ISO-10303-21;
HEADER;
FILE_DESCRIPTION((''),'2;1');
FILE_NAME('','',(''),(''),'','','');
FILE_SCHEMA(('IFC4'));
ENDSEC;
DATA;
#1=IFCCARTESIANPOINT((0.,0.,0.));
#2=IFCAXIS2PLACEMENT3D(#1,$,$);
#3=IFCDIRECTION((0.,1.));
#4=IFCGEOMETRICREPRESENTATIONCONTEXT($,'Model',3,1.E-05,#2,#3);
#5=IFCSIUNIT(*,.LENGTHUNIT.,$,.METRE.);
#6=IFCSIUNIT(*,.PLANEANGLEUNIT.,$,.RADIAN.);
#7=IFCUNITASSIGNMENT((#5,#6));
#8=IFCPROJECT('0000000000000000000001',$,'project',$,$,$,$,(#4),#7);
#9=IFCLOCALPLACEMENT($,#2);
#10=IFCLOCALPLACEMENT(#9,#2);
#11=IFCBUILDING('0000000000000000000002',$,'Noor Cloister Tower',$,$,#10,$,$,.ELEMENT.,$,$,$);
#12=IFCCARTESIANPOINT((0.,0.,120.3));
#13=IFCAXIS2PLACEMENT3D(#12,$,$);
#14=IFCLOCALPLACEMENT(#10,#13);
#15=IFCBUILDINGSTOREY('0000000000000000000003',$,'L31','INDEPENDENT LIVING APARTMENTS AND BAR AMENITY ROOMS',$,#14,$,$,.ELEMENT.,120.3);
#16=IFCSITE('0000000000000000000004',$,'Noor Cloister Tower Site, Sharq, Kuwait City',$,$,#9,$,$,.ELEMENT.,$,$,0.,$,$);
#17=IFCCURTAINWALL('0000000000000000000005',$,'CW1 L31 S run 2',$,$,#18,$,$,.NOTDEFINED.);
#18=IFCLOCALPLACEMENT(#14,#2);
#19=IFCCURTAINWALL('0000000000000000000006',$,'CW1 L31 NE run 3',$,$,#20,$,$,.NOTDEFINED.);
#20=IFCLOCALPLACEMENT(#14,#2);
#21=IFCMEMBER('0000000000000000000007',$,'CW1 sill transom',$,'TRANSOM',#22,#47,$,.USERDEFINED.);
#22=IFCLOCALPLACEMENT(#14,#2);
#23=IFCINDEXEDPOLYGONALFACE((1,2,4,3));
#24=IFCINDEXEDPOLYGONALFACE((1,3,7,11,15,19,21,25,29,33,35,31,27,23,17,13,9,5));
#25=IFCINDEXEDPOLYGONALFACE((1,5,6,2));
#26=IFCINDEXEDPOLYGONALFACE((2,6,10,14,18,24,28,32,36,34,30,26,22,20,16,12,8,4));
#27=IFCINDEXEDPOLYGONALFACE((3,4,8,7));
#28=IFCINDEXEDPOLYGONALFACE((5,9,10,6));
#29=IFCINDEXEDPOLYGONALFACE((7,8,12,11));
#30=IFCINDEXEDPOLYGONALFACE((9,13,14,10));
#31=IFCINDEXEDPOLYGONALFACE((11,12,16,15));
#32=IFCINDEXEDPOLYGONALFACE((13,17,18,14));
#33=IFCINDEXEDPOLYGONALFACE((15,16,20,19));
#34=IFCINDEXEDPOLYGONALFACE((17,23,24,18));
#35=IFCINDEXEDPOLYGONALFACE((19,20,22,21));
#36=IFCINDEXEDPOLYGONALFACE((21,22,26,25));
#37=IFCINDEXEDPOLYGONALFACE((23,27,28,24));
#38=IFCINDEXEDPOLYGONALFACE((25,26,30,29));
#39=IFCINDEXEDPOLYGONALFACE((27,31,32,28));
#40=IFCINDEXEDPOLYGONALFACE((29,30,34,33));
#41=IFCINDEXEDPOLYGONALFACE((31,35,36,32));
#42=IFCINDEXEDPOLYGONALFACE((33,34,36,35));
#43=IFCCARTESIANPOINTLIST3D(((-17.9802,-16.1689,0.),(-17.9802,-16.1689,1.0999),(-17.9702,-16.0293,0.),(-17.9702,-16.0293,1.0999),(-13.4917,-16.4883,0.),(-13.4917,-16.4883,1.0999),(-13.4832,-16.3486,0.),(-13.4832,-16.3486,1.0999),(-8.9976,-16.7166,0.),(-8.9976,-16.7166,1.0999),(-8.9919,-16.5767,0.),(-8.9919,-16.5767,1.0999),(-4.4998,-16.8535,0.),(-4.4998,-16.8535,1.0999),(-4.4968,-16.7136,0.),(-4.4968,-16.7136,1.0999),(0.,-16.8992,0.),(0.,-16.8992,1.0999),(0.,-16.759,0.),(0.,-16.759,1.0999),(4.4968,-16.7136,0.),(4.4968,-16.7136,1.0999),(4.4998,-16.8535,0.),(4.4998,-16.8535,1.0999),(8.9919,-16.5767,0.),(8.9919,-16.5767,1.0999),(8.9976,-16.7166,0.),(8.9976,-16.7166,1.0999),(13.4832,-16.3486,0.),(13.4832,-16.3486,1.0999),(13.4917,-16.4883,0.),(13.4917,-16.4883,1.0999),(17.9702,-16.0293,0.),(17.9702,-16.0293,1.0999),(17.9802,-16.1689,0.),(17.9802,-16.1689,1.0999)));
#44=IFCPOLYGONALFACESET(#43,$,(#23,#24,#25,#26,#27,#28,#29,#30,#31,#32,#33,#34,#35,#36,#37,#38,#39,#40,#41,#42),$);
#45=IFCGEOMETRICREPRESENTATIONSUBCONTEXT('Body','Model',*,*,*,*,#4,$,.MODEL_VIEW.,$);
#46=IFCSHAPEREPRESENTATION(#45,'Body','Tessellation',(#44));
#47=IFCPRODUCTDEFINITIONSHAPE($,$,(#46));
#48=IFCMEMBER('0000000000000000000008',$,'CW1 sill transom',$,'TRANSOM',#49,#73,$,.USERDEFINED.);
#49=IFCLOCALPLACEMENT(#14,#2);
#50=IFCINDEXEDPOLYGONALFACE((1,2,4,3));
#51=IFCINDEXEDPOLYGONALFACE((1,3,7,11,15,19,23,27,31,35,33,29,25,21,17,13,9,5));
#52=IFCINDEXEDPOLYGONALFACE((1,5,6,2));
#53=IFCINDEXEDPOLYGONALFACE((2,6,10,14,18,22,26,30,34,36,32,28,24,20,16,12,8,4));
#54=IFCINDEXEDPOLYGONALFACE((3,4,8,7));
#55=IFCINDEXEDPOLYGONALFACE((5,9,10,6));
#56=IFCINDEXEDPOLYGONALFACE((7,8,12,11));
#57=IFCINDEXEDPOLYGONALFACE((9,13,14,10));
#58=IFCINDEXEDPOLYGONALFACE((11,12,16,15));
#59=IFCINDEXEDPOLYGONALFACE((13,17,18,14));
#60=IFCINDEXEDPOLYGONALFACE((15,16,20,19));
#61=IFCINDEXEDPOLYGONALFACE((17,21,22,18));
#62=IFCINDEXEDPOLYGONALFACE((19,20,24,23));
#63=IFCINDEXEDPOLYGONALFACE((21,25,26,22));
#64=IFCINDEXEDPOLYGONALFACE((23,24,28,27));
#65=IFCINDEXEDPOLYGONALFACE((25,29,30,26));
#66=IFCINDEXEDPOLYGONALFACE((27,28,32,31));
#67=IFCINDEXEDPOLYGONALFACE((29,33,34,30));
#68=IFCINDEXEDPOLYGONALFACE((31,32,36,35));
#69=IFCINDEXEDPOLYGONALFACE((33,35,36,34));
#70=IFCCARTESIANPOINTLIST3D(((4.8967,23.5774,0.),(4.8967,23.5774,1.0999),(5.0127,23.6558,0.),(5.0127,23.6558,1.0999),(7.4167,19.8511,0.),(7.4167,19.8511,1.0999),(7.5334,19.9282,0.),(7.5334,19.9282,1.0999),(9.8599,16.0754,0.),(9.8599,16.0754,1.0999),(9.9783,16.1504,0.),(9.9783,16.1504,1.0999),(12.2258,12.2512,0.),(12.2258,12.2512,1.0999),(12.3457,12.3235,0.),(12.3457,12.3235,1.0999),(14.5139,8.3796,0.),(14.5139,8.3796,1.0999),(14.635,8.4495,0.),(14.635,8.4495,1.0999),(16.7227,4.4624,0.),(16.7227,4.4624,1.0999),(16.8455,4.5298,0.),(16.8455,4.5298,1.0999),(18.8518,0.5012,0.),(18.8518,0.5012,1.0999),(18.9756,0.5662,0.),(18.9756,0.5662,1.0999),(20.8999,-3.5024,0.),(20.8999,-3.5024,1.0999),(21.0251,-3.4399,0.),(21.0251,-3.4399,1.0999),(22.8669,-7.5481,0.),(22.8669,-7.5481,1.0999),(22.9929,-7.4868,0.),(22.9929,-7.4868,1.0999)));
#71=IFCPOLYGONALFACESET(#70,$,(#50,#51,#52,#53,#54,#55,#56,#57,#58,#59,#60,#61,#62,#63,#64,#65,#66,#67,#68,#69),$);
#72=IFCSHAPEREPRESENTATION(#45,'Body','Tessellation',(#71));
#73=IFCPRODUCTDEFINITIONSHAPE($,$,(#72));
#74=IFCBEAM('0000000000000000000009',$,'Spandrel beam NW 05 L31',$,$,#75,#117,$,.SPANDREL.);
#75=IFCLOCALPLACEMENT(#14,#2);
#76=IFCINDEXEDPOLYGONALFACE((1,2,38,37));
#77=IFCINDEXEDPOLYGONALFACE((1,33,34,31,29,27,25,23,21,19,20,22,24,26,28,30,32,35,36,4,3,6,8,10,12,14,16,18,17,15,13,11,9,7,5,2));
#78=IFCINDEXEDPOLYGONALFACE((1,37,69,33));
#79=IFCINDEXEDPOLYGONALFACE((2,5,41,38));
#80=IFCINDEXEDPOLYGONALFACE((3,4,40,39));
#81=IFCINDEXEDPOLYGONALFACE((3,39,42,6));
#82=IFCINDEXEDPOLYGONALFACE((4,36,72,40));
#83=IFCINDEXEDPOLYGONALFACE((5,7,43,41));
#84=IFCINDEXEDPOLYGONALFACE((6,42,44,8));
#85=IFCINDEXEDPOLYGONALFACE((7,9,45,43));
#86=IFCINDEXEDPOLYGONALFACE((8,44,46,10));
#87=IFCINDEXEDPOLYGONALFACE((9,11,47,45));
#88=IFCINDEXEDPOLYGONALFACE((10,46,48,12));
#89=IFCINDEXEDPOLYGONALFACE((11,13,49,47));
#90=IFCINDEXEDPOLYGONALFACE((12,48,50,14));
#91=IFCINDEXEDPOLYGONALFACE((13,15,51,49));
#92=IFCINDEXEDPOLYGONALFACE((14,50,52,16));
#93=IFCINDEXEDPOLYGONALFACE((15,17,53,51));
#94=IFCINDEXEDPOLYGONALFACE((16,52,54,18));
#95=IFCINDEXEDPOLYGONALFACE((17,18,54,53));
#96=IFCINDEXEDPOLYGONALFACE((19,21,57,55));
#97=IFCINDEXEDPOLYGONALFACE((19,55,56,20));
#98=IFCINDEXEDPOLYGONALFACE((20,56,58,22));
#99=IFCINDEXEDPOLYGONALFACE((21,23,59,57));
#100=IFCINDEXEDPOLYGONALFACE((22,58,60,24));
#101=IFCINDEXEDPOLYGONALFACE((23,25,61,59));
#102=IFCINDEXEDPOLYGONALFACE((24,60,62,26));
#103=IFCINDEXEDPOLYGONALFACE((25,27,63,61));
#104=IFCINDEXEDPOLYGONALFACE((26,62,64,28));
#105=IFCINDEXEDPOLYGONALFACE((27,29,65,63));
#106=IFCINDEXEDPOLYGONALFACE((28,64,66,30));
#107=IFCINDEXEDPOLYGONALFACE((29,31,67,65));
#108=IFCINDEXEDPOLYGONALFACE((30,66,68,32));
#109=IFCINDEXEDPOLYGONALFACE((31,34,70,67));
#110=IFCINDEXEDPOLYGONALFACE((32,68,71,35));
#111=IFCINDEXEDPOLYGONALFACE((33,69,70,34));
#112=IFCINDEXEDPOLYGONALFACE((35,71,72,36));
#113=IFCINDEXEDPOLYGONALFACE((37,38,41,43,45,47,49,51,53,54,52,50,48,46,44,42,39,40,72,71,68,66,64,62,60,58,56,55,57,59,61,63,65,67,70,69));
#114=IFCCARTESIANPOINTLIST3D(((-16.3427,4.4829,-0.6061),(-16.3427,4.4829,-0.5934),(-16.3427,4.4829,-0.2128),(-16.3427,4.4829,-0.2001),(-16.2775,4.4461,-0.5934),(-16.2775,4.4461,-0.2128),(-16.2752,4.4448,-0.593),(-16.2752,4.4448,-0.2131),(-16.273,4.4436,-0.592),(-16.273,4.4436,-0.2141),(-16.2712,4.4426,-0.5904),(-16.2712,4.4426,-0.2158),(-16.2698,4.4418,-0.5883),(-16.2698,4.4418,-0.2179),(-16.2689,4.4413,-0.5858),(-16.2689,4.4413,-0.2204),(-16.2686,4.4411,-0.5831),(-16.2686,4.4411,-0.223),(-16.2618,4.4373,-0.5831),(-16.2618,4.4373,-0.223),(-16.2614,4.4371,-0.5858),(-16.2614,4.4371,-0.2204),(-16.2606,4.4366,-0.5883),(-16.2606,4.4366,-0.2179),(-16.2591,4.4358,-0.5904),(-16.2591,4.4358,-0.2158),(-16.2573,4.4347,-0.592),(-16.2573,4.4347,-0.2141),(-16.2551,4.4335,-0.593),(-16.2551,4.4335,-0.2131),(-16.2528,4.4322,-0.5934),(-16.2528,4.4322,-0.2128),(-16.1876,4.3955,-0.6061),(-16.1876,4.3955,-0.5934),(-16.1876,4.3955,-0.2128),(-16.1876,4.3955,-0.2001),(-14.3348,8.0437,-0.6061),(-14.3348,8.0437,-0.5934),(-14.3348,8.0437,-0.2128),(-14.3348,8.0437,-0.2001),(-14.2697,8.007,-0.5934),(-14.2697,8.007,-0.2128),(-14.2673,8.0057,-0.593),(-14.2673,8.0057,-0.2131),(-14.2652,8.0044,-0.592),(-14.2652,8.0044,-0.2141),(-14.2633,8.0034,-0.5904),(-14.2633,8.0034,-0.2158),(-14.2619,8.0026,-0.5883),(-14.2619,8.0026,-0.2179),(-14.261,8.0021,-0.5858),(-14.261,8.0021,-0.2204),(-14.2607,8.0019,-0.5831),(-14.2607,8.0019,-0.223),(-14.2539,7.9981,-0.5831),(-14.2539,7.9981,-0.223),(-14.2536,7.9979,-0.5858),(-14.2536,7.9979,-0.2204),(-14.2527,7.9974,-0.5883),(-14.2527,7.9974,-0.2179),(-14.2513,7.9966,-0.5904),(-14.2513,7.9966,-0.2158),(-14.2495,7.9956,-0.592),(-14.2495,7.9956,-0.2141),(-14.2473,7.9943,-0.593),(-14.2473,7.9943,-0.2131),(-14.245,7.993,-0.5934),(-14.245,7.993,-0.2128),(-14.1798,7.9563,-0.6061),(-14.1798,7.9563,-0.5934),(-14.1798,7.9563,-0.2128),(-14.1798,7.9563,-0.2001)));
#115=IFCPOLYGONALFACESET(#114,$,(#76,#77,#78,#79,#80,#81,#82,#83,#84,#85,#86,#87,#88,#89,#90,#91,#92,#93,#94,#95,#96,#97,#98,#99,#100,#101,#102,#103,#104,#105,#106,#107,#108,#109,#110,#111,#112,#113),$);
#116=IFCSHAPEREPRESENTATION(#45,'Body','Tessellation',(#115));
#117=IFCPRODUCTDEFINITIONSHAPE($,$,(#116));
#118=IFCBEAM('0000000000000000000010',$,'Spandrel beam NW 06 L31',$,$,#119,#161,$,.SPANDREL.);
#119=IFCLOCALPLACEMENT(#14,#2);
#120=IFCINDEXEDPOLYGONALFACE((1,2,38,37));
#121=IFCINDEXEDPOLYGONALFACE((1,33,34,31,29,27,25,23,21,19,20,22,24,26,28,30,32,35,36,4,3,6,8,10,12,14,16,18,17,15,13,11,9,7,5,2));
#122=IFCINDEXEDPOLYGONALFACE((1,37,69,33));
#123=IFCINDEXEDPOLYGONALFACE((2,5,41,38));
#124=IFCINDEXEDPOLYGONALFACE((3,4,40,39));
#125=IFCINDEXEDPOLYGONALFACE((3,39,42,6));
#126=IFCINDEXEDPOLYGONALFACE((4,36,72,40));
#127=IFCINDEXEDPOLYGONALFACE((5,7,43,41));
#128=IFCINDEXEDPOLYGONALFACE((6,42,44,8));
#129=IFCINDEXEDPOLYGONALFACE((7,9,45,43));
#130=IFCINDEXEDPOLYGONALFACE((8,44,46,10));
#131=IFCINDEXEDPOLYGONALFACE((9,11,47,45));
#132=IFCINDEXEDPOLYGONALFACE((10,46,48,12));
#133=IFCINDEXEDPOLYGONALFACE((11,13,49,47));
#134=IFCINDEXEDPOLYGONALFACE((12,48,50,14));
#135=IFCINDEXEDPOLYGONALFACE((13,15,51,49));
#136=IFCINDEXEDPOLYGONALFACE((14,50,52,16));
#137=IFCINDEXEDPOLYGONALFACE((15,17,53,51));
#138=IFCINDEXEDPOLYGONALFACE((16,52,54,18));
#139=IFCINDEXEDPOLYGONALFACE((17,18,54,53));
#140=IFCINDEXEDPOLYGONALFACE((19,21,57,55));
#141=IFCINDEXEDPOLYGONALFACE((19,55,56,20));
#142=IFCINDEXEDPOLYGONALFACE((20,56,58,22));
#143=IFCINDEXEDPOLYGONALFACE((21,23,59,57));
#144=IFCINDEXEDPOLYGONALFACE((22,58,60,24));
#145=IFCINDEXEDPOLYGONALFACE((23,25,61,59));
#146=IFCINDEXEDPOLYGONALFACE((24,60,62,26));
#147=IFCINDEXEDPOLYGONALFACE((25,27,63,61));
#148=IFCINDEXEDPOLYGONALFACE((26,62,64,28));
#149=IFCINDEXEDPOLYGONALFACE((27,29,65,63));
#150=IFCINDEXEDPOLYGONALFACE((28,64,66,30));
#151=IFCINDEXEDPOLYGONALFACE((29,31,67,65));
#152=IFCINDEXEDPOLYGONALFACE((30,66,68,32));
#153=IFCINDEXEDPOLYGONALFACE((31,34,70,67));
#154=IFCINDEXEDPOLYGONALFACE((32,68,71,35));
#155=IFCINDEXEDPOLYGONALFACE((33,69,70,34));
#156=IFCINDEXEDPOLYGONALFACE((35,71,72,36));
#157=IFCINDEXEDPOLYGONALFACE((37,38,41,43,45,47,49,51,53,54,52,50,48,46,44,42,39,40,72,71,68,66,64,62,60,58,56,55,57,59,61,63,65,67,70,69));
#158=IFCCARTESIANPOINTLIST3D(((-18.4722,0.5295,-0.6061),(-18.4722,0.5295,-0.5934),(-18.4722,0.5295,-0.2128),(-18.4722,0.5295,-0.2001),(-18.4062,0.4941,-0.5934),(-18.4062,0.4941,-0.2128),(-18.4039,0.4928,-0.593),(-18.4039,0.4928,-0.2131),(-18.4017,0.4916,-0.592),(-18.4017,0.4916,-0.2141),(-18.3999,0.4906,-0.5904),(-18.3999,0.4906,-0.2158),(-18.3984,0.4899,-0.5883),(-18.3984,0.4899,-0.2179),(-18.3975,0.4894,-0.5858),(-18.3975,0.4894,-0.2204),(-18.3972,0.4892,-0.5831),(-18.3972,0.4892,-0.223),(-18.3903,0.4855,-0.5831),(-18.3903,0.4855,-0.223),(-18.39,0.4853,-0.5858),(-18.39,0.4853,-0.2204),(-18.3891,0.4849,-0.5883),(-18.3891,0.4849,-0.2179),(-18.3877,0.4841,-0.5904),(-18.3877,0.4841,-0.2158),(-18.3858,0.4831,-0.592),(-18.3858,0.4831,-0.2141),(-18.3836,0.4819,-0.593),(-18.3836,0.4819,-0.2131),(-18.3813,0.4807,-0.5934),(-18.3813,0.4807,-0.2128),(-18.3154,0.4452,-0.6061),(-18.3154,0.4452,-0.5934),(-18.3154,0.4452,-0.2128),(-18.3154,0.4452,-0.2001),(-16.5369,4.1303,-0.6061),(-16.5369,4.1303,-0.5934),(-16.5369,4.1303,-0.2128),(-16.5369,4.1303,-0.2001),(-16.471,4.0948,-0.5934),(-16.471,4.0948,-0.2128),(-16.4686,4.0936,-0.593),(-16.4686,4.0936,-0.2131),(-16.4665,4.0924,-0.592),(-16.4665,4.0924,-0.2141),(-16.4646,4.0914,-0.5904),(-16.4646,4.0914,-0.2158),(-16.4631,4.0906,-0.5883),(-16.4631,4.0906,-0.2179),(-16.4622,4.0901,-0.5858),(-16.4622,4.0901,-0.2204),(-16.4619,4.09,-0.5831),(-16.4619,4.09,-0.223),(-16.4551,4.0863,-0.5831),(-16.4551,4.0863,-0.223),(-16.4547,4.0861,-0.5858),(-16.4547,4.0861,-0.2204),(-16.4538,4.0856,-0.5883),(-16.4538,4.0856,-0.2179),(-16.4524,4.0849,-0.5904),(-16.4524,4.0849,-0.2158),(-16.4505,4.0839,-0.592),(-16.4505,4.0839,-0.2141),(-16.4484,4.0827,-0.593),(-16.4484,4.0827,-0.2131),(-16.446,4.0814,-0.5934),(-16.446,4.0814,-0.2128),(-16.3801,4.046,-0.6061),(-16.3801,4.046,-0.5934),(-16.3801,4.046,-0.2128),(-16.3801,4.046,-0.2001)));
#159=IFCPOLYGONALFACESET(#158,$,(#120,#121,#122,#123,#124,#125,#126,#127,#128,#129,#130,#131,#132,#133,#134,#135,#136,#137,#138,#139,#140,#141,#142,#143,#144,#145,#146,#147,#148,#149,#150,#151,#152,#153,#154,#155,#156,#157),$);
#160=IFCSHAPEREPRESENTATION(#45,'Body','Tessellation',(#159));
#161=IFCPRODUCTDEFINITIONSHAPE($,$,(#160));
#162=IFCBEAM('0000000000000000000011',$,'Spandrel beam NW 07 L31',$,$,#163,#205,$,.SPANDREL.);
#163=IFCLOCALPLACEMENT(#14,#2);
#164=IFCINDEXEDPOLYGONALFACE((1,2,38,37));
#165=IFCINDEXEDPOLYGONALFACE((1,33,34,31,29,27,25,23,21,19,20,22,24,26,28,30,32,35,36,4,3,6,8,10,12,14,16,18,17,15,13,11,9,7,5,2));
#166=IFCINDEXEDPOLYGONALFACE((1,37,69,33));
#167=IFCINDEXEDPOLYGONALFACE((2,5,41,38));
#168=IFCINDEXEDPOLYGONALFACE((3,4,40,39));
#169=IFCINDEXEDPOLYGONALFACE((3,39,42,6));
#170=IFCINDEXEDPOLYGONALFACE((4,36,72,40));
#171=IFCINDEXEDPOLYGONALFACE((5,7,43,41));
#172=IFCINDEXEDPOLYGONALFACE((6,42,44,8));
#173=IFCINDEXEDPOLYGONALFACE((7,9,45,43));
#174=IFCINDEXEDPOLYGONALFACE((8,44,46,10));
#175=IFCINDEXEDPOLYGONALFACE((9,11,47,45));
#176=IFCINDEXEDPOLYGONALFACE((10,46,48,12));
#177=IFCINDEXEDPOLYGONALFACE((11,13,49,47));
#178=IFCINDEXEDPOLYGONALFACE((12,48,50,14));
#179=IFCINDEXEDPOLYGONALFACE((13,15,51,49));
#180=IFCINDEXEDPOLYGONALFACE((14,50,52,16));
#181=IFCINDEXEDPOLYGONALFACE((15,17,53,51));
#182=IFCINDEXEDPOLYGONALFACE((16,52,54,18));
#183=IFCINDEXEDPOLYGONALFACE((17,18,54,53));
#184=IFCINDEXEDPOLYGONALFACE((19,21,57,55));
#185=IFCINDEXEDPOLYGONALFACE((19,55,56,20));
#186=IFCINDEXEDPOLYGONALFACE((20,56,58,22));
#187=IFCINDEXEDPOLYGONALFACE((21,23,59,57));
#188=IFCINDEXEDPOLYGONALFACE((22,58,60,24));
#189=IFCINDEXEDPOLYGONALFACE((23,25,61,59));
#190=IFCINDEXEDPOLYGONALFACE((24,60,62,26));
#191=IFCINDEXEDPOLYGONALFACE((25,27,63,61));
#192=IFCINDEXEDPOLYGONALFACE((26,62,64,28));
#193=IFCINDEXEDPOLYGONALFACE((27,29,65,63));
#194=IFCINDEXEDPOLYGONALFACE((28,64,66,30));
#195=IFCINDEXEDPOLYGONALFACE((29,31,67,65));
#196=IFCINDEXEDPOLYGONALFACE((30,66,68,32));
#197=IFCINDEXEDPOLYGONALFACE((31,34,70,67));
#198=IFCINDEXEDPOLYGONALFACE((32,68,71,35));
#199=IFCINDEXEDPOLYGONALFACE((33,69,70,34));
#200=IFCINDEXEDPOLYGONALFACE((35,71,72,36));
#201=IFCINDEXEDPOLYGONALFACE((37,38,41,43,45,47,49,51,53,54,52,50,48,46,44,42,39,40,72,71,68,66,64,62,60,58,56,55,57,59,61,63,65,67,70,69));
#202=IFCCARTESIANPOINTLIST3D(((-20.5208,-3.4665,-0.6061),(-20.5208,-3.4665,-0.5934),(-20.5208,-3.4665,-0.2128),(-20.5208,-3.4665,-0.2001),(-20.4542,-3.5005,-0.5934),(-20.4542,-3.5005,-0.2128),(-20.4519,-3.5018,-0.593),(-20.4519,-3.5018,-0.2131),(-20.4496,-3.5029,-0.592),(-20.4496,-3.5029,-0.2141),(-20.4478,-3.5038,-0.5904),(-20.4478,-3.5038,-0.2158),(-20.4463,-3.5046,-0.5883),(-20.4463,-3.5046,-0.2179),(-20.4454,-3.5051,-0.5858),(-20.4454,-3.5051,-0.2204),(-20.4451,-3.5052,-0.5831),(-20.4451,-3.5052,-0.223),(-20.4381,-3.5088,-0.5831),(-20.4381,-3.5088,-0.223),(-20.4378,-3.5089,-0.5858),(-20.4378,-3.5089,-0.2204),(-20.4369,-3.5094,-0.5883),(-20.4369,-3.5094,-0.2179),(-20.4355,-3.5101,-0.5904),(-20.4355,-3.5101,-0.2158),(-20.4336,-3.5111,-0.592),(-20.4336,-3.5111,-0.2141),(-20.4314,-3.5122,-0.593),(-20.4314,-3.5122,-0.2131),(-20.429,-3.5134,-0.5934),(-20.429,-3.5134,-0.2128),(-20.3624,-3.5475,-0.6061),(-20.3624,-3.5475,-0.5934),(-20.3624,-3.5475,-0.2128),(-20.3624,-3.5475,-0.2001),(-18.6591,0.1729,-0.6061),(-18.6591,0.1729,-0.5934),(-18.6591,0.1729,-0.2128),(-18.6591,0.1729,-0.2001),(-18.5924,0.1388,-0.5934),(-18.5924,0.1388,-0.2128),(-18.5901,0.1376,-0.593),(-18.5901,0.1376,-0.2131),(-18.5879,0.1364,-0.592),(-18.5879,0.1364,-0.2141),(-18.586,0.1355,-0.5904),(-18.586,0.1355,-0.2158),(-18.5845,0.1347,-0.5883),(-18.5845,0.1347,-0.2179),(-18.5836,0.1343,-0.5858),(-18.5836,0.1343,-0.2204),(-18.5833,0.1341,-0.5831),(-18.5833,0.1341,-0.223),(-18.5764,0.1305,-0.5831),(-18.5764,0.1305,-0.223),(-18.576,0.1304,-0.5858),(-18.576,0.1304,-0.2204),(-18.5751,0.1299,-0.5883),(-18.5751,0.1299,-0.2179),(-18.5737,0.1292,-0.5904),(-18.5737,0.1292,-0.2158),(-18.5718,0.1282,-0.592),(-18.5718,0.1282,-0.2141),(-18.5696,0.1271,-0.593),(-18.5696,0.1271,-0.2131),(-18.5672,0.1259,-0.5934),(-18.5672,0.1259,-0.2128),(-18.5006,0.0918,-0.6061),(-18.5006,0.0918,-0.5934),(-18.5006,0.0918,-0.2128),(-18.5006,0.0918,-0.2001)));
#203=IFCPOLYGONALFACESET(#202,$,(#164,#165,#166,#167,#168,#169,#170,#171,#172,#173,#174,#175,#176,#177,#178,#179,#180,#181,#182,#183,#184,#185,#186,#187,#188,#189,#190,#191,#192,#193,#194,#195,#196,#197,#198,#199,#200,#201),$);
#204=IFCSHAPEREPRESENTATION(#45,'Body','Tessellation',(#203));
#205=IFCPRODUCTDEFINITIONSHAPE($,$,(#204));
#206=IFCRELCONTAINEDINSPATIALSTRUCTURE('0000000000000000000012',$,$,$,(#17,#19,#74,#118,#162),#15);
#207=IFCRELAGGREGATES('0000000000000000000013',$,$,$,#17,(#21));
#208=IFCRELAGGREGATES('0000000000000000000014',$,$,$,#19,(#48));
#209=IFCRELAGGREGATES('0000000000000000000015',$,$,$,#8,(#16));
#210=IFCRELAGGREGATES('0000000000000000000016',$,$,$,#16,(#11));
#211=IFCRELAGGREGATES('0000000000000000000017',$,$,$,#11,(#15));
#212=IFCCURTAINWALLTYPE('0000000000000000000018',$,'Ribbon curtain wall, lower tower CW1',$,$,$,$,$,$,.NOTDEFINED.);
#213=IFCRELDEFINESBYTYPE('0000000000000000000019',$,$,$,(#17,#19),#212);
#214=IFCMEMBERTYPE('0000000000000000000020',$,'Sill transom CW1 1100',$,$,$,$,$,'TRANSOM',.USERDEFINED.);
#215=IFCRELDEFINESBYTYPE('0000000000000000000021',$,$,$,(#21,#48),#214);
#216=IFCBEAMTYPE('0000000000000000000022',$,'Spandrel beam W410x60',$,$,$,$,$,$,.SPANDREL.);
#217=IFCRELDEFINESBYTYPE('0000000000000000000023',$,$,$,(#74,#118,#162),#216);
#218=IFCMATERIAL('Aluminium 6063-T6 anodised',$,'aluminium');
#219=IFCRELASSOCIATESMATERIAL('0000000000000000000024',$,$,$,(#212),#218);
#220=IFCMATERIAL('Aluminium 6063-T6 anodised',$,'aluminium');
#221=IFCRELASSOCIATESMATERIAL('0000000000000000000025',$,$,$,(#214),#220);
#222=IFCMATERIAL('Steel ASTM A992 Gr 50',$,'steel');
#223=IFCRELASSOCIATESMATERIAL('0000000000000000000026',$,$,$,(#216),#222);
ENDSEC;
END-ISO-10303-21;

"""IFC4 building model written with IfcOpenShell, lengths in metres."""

from ifc_helpers import new_model, si_unit, direction, frame, origin, origin_2d, place, context, subcontext, project, spatial, polyline, i_section, outline, extrude, material, material_profile, profile_set, type_object, element, aggregate, save


model = new_model("IFC4")

# Units and contexts
model_context = context("Model", 3, precision=1e-05, world=origin(), true_north=direction((0.0, 1.0)))
body_context = subcontext(model_context, "Body", "Model", "MODEL_VIEW")
ifc_project = project(units=[si_unit("LENGTHUNIT", "METRE"), si_unit("PLANEANGLEUNIT", "RADIAN")], contexts=[model_context])

# Site, building, storey
site_placement = place(None, origin())
site = spatial("IfcSite", under=ifc_project, at=site_placement, Name="Noor Cloister Tower Site, Sharq, Kuwait City", CompositionType="ELEMENT", RefElevation=0.0)
building_placement = place(site_placement, origin())
building = spatial("IfcBuilding", under=site, at=building_placement, Name="Noor Cloister Tower", CompositionType="ELEMENT")
storey_placement = place(building_placement, frame((0.0, 0.0, 120.3)))
storey = spatial("IfcBuildingStorey", under=building, at=storey_placement, Name="L31", Description="INDEPENDENT LIVING APARTMENTS AND BAR AMENITY ROOMS", CompositionType="ELEMENT", Elevation=120.3)

# Curtain walls
ifc_material_1 = material(Name="Aluminium 6063-T6 anodised", Category="aluminium")
curtain_wall_type = type_object("IfcCurtainWallType", Name="Ribbon curtain wall, lower tower CW1", PredefinedType="NOTDEFINED", material=ifc_material_1)
curtain_wall_1_placement = place(storey_placement, origin())
curtain_wall_1 = element("IfcCurtainWall", 1, at=curtain_wall_1_placement, inside=storey, type_object=curtain_wall_type, Name="CW1 L31 S run 2", PredefinedType="NOTDEFINED")
curtain_wall_2_placement = place(storey_placement, origin())
curtain_wall_2 = element("IfcCurtainWall", 2, at=curtain_wall_2_placement, inside=storey, type_object=curtain_wall_type, Name="CW1 L31 NE run 3", PredefinedType="NOTDEFINED")

# Members
ifc_material_2 = material(Name="Aluminium 6063-T6 anodised", Category="aluminium")
member_type_1 = type_object("IfcMemberType", Name="Sill transom CW1 1100", ElementType="TRANSOM", PredefinedType="USERDEFINED", material=ifc_material_2)
member_1_placement = place(storey_placement, origin())
member_1 = element("IfcMember", 3, at=member_1_placement, type_object=member_type_1, Name="CW1 sill transom", ObjectType="TRANSOM", PredefinedType="USERDEFINED", context=body_context, shape_type="SweptSolid", body=[
    extrude(outline(polyline([(-17.9802, -16.1689), (-13.4917, -16.4883), (-8.9976, -16.7166), (-4.4998, -16.8535), (0.0, -16.8992), (4.4998, -16.8535), (8.9976, -16.7166), (13.4917, -16.4883), (17.9802, -16.1689), (17.9702, -16.0293), (13.4832, -16.3486), (8.9919, -16.5767), (4.4968, -16.7136), (0.0, -16.759), (-4.4968, -16.7136), (-8.9919, -16.5767), (-13.4832, -16.3486), (-17.9702, -16.0293), (-17.9802, -16.1689)])), origin(), (0.0, 0.0, 1.0), 1.0999),
])
aggregate(curtain_wall_1, [member_1])
member_2_placement = place(storey_placement, origin())
member_2 = element("IfcMember", 4, at=member_2_placement, type_object=member_type_1, Name="CW1 sill transom", ObjectType="TRANSOM", PredefinedType="USERDEFINED", context=body_context, shape_type="SweptSolid", body=[
    extrude(outline(polyline([(22.9929, -7.4868), (21.0251, -3.4399), (18.9756, 0.5662), (16.8455, 4.5298), (14.635, 8.4495), (12.3457, 12.3235), (9.9783, 16.1504), (7.5334, 19.9282), (5.0127, 23.6558), (4.8967, 23.5774), (7.4167, 19.8511), (9.8599, 16.0754), (12.2258, 12.2512), (14.5139, 8.3796), (16.7227, 4.4624), (18.8518, 0.5012), (20.8999, -3.5024), (22.8669, -7.5481), (22.9929, -7.4868)])), origin(), (0.0, 0.0, 1.0), 1.0999),
])
aggregate(curtain_wall_2, [member_2])

# Beams
ifc_material_3 = material(Name="Steel ASTM A992 Gr 50", Category="steel")
ifc_material_profile_1 = material_profile(ifc_material_3, i_section(OverallWidth=0.178, OverallDepth=0.406, WebThickness=0.0078, FlangeThickness=0.0127, FilletRadius=0.0103, at=origin_2d()), Name="W410x60")
ifc_profile_set_1 = profile_set([ifc_material_profile_1], Name="Steel ASTM A992 Gr 50")
beam_type_1 = type_object("IfcBeamType", Name="Spandrel beam W410x60", PredefinedType="SPANDREL", material=ifc_profile_set_1)
for number, where, z_axis, x_axis, name in (
    (5, (-14.2573, 8.0, -0.4031), (-0.491166, -0.871066, 0.0), (0.871066, -0.491166, 0.0), "Spandrel beam NW 05 L31"),
    (6, (-16.4585, 4.0881, -0.4031), (-0.473416, -0.880839, 0.0), (0.880839, -0.473416, 0.0), "Spandrel beam NW 06 L31"),
    (7, (-18.5798, 0.1323, -0.4031), (-0.455436, -0.890268, 0.0), (0.890268, -0.455436, 0.0), "Spandrel beam NW 07 L31"),
):
    element("IfcBeam", number, at=place(storey_placement, frame(where, z_axis=z_axis, x_axis=x_axis)), inside=storey, type_object=beam_type_1, Name=name, PredefinedType="SPANDREL", context=body_context, shape_type="SweptSolid", body=[
        extrude(i_section(OverallWidth=0.178, OverallDepth=0.406, WebThickness=0.0078, FlangeThickness=0.0127, FilletRadius=0.0103, at=origin_2d()), origin(), (0.0, 0.0, 1.0), 4.0879),
    ])

save(model, "model.ifc")
